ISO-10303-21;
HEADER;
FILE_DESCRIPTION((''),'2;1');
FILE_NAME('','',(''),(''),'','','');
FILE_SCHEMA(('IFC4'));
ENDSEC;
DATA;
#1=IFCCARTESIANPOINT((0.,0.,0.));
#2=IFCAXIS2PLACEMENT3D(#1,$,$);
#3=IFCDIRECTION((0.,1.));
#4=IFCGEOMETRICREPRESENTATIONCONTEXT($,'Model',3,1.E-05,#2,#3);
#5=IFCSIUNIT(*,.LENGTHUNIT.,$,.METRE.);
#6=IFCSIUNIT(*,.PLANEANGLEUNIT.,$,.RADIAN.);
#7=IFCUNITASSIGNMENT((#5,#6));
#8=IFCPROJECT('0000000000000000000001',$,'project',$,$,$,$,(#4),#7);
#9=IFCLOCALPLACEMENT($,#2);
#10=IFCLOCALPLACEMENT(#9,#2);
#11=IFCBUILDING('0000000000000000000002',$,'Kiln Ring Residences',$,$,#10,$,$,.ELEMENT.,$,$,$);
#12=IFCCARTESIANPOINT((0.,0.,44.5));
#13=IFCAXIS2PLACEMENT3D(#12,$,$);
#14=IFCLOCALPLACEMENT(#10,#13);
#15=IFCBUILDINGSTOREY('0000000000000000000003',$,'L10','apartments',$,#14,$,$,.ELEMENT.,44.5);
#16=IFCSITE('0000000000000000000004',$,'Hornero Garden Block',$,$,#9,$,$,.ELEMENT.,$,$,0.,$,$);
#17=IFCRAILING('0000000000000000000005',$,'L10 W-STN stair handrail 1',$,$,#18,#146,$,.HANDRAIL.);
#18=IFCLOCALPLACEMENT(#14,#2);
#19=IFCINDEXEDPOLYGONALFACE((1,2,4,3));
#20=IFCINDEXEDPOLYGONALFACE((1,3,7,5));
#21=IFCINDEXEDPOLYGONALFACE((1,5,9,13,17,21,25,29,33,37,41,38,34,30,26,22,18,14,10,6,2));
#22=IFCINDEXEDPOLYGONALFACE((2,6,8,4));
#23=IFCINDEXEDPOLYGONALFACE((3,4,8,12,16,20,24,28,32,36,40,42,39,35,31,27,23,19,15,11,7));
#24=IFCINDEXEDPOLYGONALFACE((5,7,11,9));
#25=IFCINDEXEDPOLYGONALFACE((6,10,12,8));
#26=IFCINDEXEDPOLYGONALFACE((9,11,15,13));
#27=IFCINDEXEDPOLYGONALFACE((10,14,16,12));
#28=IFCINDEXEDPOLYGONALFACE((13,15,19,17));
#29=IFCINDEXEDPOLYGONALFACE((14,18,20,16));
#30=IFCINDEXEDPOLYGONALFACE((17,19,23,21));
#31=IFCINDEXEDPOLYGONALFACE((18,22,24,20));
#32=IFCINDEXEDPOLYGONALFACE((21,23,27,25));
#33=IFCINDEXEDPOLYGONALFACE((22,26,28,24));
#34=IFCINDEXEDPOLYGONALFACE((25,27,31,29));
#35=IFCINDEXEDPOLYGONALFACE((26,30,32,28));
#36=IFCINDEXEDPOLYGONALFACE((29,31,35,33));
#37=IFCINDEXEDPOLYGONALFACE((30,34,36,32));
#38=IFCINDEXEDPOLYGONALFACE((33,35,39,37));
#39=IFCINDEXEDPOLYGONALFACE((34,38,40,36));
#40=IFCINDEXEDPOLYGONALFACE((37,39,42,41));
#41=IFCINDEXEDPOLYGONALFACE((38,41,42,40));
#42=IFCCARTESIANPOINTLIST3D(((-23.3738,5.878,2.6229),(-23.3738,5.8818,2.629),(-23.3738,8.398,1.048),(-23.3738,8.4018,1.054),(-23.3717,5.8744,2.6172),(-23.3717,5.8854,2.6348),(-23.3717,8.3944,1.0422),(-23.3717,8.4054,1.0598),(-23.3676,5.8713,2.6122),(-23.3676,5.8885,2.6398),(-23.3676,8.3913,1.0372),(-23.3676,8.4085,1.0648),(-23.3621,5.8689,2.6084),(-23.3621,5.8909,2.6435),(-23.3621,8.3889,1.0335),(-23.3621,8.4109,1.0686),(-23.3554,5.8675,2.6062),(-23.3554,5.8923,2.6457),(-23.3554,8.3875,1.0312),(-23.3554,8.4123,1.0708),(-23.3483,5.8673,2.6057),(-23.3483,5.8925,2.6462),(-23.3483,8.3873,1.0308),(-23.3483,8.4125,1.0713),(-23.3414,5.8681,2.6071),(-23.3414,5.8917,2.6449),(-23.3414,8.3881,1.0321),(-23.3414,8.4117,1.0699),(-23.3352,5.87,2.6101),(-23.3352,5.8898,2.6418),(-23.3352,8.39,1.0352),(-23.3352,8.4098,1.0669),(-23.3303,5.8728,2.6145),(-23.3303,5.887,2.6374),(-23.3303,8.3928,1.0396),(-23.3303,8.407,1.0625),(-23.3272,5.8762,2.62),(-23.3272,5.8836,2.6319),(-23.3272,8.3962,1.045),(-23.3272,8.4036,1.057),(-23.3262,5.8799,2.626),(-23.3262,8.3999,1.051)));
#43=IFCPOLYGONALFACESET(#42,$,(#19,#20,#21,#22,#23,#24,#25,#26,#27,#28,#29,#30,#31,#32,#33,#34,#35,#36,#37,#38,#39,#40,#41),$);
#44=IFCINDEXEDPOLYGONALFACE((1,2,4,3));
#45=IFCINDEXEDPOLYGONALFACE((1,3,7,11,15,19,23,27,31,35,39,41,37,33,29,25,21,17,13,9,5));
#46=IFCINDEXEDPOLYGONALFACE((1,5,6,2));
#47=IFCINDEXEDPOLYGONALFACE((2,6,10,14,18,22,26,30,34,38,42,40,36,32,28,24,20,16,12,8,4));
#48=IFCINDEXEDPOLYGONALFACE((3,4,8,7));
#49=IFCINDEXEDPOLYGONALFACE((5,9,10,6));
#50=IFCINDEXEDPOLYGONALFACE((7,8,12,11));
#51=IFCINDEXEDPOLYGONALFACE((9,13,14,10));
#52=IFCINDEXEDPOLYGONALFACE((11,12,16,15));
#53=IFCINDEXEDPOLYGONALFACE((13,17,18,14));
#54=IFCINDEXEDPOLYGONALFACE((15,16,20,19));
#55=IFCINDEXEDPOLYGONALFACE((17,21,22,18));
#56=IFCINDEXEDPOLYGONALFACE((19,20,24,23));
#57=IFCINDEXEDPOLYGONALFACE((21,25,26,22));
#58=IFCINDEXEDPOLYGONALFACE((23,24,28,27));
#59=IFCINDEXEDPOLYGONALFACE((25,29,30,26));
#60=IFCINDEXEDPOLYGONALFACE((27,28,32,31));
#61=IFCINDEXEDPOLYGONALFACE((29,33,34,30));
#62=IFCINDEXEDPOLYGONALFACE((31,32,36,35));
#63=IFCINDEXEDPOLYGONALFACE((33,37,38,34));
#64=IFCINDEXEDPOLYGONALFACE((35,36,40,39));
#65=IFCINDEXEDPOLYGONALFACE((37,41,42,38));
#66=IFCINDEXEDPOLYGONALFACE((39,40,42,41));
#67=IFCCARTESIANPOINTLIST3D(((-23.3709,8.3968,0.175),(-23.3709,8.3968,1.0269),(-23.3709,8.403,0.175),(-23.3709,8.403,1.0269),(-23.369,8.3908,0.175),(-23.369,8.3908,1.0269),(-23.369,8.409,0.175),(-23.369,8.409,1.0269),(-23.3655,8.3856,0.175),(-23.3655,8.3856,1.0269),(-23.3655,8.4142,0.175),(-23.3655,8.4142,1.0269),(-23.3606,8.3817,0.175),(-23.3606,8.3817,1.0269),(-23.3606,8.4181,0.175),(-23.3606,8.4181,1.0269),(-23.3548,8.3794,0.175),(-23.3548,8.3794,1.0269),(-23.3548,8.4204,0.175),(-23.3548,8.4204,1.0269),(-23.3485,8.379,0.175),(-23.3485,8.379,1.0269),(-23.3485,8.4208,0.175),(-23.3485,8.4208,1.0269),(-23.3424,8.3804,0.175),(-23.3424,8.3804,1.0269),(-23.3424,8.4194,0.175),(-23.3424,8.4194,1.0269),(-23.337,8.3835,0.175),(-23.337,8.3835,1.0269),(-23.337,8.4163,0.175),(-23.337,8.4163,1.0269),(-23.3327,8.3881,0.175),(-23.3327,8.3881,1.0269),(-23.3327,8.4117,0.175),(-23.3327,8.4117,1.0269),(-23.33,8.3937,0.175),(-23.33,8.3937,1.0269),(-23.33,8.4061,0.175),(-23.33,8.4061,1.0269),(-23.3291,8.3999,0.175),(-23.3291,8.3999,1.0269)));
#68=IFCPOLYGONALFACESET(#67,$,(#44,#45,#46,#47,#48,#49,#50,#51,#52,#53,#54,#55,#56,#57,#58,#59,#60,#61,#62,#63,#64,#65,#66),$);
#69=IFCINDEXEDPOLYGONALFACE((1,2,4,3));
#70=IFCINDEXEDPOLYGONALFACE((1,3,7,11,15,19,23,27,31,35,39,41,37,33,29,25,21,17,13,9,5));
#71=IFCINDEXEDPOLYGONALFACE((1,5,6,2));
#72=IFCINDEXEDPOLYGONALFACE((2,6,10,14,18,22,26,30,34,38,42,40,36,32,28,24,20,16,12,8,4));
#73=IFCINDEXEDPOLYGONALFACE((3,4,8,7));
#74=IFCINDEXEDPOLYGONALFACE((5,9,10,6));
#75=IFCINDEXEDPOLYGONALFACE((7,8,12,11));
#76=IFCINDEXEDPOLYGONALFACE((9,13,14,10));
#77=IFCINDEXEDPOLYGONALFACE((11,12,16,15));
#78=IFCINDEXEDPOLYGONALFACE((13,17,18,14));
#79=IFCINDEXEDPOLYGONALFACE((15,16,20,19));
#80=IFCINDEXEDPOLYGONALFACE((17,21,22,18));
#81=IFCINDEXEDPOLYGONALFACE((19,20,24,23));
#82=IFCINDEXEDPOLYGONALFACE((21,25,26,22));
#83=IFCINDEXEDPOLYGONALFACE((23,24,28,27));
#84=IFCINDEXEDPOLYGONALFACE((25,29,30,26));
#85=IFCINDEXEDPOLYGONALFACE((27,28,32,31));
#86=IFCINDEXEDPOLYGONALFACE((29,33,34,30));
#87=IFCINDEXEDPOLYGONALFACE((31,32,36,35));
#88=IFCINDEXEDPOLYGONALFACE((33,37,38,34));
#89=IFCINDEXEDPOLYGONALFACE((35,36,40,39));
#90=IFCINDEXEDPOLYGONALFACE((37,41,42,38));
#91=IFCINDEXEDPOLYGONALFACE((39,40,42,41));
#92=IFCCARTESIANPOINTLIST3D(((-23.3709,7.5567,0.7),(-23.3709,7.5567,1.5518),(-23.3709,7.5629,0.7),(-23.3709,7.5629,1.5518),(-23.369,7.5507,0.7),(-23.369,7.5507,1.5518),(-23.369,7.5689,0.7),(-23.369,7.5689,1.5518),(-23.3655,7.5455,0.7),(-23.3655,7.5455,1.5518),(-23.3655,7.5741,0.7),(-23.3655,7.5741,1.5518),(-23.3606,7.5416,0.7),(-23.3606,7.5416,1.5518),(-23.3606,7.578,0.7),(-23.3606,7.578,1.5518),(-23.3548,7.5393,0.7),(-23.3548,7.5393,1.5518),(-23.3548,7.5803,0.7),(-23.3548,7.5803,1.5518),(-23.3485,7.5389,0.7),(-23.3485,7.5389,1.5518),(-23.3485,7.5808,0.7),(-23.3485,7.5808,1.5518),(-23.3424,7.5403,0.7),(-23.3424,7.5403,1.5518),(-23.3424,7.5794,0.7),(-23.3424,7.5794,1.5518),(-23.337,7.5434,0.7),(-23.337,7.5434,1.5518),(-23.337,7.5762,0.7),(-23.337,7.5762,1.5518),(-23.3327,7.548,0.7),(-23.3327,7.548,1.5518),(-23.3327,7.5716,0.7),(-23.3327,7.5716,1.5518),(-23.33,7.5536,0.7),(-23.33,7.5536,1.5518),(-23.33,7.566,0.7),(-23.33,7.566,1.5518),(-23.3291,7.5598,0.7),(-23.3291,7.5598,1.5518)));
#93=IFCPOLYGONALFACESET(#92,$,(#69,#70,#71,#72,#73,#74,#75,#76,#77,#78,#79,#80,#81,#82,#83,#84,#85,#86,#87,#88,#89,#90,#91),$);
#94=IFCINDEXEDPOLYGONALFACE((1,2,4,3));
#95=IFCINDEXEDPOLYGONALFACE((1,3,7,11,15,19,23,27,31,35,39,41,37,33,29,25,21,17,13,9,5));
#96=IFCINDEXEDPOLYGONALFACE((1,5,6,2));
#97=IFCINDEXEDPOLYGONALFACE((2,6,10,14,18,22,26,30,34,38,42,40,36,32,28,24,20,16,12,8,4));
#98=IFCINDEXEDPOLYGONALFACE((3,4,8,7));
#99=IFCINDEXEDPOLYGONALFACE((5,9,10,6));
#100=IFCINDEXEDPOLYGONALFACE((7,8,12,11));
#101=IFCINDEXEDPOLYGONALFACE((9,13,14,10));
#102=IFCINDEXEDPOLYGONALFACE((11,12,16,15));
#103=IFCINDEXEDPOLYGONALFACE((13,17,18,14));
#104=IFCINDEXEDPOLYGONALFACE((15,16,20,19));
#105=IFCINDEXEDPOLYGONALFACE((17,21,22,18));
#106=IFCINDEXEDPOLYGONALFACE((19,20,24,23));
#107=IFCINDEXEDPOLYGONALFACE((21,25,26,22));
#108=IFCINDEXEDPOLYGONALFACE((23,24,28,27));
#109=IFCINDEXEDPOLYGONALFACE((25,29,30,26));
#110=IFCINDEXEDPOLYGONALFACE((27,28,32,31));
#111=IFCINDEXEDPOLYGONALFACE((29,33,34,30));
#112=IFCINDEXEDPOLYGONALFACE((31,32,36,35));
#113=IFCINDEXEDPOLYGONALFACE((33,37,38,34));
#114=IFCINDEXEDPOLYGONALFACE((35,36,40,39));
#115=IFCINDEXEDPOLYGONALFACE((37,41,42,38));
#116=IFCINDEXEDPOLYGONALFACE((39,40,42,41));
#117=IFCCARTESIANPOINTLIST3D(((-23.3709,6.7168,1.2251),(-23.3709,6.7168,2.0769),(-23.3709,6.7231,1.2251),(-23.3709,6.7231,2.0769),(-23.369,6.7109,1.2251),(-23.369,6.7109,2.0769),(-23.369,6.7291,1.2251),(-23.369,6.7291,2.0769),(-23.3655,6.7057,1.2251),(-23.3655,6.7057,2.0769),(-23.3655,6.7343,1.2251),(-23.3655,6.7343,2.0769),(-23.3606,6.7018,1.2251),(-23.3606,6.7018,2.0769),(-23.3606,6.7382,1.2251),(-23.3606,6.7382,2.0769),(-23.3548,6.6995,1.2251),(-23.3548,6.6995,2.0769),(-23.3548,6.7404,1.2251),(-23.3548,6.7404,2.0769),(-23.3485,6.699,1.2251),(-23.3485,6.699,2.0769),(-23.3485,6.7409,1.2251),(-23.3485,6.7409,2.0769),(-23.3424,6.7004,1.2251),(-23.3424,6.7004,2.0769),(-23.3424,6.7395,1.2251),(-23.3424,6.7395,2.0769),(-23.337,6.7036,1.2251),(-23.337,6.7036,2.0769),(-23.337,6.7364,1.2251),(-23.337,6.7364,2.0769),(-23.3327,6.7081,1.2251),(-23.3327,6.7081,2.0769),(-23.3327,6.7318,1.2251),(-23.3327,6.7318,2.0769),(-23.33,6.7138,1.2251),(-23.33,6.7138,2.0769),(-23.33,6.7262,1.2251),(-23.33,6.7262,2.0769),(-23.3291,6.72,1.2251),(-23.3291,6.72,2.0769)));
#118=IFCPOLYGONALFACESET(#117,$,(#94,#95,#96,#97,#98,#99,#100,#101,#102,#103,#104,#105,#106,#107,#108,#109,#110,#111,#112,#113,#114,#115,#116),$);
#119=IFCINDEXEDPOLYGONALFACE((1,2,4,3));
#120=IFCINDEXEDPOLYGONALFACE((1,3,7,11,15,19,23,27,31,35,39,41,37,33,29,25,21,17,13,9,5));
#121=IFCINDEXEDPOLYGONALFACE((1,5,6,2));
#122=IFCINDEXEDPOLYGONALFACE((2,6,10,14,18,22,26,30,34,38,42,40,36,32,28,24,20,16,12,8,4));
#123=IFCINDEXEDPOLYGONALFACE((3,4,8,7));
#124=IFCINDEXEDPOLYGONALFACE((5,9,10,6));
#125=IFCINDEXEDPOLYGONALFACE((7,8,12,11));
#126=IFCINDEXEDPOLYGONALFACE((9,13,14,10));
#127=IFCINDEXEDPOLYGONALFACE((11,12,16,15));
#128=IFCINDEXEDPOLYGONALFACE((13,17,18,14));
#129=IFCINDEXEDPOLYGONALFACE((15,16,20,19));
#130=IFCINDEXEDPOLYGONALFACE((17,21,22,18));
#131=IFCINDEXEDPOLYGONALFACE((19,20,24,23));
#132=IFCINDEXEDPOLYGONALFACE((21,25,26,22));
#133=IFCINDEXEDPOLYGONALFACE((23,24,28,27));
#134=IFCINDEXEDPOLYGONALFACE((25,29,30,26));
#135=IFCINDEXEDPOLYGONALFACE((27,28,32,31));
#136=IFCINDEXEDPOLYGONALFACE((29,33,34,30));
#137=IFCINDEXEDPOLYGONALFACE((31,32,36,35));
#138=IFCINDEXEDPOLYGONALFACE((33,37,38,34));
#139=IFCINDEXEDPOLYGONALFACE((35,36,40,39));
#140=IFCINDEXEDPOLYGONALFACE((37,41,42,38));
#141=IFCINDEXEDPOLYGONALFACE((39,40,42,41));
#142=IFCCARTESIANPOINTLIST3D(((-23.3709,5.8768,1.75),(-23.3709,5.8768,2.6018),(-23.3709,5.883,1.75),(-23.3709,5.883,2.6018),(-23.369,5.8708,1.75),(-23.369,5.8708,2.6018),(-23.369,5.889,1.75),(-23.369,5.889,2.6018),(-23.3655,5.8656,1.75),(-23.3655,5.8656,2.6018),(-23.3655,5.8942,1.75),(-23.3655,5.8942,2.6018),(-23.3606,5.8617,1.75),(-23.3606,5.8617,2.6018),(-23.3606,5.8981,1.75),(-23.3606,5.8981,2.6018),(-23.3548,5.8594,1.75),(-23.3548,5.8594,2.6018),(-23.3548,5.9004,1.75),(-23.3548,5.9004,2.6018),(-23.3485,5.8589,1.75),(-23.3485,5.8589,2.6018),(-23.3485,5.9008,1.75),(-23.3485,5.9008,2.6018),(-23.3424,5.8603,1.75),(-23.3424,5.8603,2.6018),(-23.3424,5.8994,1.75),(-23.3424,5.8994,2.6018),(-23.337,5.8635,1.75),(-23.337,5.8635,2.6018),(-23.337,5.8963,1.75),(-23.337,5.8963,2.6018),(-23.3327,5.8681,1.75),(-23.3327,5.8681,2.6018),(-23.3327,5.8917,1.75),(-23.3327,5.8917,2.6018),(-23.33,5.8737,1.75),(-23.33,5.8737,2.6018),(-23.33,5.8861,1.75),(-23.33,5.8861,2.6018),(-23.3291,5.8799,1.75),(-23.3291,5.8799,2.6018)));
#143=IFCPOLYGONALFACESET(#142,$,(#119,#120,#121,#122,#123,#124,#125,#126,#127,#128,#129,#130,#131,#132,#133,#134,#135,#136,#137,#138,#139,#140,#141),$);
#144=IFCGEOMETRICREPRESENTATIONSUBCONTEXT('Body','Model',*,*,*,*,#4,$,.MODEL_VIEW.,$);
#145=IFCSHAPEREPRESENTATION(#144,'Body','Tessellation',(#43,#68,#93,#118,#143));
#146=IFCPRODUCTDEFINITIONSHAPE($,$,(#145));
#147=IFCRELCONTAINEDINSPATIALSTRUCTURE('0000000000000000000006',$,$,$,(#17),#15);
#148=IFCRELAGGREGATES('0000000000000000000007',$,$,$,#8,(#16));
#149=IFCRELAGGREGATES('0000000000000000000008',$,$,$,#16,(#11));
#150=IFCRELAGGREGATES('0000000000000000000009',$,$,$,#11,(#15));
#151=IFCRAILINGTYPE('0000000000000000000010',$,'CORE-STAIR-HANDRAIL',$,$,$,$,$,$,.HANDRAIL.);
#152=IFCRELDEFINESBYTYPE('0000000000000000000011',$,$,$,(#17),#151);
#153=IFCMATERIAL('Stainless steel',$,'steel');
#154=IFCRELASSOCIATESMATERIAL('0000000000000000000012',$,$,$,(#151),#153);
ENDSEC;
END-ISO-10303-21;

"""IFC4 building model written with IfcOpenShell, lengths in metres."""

from ifc_helpers import new_model, si_unit, direction, frame, origin, origin_2d, place, context, subcontext, project, spatial, circle, extrude, material, type_object, element, save


model = new_model("IFC4")

# Units and contexts
model_context = context("Model", 3, precision=1e-05, world=origin(), true_north=direction((0.0, 1.0)))
body_context = subcontext(model_context, "Body", "Model", "MODEL_VIEW")
ifc_project = project(units=[si_unit("LENGTHUNIT", "METRE"), si_unit("PLANEANGLEUNIT", "RADIAN")], contexts=[model_context])

# Site, building, storey
site_placement = place(None, origin())
site = spatial("IfcSite", under=ifc_project, at=site_placement, Name="Hornero Garden Block", CompositionType="ELEMENT", RefElevation=0.0)
building_placement = place(site_placement, origin())
building = spatial("IfcBuilding", under=site, at=building_placement, Name="Kiln Ring Residences", CompositionType="ELEMENT")
storey_placement = place(building_placement, frame((0.0, 0.0, 44.5)))
storey = spatial("IfcBuildingStorey", under=building, at=storey_placement, Name="L10", Description="apartments", CompositionType="ELEMENT", Elevation=44.5)

# Railing
ifc_material_1 = material(Name="Stainless steel", Category="steel")
railing_type_1 = type_object("IfcRailingType", Name="CORE-STAIR-HANDRAIL", PredefinedType="HANDRAIL", material=ifc_material_1)
railing_1_placement = place(storey_placement, frame((-23.3501, 8.3999, 0.175)))
element("IfcRailing", 1, at=railing_1_placement, inside=storey, type_object=railing_type_1, Name="L10 W-STN stair handrail 1", PredefinedType="HANDRAIL", context=body_context, shape_type="SweptSolid", body=[
    extrude(circle(Radius=0.0239, at=origin_2d()), frame((0.0, 0.0, 0.876), z_axis=(0.0, -0.848008, 0.529984), x_axis=(1.0, 0.0, 0.0)), (0.0, 0.0, 1.0), 2.9717),
    extrude(circle(Radius=0.021, at=origin_2d()), origin(), (0.0, 0.0, 1.0), 0.8518),
    extrude(circle(Radius=0.021, at=origin_2d()), frame((0.0, -0.8401, 0.5249)), (0.0, 0.0, 1.0), 0.8518),
    extrude(circle(Radius=0.021, at=origin_2d()), frame((0.0, -1.6799, 1.05)), (0.0, 0.0, 1.0), 0.8518),
    extrude(circle(Radius=0.021, at=origin_2d()), frame((0.0, -2.52, 1.575)), (0.0, 0.0, 1.0), 0.8518),
])

save(model, "model.ifc")
